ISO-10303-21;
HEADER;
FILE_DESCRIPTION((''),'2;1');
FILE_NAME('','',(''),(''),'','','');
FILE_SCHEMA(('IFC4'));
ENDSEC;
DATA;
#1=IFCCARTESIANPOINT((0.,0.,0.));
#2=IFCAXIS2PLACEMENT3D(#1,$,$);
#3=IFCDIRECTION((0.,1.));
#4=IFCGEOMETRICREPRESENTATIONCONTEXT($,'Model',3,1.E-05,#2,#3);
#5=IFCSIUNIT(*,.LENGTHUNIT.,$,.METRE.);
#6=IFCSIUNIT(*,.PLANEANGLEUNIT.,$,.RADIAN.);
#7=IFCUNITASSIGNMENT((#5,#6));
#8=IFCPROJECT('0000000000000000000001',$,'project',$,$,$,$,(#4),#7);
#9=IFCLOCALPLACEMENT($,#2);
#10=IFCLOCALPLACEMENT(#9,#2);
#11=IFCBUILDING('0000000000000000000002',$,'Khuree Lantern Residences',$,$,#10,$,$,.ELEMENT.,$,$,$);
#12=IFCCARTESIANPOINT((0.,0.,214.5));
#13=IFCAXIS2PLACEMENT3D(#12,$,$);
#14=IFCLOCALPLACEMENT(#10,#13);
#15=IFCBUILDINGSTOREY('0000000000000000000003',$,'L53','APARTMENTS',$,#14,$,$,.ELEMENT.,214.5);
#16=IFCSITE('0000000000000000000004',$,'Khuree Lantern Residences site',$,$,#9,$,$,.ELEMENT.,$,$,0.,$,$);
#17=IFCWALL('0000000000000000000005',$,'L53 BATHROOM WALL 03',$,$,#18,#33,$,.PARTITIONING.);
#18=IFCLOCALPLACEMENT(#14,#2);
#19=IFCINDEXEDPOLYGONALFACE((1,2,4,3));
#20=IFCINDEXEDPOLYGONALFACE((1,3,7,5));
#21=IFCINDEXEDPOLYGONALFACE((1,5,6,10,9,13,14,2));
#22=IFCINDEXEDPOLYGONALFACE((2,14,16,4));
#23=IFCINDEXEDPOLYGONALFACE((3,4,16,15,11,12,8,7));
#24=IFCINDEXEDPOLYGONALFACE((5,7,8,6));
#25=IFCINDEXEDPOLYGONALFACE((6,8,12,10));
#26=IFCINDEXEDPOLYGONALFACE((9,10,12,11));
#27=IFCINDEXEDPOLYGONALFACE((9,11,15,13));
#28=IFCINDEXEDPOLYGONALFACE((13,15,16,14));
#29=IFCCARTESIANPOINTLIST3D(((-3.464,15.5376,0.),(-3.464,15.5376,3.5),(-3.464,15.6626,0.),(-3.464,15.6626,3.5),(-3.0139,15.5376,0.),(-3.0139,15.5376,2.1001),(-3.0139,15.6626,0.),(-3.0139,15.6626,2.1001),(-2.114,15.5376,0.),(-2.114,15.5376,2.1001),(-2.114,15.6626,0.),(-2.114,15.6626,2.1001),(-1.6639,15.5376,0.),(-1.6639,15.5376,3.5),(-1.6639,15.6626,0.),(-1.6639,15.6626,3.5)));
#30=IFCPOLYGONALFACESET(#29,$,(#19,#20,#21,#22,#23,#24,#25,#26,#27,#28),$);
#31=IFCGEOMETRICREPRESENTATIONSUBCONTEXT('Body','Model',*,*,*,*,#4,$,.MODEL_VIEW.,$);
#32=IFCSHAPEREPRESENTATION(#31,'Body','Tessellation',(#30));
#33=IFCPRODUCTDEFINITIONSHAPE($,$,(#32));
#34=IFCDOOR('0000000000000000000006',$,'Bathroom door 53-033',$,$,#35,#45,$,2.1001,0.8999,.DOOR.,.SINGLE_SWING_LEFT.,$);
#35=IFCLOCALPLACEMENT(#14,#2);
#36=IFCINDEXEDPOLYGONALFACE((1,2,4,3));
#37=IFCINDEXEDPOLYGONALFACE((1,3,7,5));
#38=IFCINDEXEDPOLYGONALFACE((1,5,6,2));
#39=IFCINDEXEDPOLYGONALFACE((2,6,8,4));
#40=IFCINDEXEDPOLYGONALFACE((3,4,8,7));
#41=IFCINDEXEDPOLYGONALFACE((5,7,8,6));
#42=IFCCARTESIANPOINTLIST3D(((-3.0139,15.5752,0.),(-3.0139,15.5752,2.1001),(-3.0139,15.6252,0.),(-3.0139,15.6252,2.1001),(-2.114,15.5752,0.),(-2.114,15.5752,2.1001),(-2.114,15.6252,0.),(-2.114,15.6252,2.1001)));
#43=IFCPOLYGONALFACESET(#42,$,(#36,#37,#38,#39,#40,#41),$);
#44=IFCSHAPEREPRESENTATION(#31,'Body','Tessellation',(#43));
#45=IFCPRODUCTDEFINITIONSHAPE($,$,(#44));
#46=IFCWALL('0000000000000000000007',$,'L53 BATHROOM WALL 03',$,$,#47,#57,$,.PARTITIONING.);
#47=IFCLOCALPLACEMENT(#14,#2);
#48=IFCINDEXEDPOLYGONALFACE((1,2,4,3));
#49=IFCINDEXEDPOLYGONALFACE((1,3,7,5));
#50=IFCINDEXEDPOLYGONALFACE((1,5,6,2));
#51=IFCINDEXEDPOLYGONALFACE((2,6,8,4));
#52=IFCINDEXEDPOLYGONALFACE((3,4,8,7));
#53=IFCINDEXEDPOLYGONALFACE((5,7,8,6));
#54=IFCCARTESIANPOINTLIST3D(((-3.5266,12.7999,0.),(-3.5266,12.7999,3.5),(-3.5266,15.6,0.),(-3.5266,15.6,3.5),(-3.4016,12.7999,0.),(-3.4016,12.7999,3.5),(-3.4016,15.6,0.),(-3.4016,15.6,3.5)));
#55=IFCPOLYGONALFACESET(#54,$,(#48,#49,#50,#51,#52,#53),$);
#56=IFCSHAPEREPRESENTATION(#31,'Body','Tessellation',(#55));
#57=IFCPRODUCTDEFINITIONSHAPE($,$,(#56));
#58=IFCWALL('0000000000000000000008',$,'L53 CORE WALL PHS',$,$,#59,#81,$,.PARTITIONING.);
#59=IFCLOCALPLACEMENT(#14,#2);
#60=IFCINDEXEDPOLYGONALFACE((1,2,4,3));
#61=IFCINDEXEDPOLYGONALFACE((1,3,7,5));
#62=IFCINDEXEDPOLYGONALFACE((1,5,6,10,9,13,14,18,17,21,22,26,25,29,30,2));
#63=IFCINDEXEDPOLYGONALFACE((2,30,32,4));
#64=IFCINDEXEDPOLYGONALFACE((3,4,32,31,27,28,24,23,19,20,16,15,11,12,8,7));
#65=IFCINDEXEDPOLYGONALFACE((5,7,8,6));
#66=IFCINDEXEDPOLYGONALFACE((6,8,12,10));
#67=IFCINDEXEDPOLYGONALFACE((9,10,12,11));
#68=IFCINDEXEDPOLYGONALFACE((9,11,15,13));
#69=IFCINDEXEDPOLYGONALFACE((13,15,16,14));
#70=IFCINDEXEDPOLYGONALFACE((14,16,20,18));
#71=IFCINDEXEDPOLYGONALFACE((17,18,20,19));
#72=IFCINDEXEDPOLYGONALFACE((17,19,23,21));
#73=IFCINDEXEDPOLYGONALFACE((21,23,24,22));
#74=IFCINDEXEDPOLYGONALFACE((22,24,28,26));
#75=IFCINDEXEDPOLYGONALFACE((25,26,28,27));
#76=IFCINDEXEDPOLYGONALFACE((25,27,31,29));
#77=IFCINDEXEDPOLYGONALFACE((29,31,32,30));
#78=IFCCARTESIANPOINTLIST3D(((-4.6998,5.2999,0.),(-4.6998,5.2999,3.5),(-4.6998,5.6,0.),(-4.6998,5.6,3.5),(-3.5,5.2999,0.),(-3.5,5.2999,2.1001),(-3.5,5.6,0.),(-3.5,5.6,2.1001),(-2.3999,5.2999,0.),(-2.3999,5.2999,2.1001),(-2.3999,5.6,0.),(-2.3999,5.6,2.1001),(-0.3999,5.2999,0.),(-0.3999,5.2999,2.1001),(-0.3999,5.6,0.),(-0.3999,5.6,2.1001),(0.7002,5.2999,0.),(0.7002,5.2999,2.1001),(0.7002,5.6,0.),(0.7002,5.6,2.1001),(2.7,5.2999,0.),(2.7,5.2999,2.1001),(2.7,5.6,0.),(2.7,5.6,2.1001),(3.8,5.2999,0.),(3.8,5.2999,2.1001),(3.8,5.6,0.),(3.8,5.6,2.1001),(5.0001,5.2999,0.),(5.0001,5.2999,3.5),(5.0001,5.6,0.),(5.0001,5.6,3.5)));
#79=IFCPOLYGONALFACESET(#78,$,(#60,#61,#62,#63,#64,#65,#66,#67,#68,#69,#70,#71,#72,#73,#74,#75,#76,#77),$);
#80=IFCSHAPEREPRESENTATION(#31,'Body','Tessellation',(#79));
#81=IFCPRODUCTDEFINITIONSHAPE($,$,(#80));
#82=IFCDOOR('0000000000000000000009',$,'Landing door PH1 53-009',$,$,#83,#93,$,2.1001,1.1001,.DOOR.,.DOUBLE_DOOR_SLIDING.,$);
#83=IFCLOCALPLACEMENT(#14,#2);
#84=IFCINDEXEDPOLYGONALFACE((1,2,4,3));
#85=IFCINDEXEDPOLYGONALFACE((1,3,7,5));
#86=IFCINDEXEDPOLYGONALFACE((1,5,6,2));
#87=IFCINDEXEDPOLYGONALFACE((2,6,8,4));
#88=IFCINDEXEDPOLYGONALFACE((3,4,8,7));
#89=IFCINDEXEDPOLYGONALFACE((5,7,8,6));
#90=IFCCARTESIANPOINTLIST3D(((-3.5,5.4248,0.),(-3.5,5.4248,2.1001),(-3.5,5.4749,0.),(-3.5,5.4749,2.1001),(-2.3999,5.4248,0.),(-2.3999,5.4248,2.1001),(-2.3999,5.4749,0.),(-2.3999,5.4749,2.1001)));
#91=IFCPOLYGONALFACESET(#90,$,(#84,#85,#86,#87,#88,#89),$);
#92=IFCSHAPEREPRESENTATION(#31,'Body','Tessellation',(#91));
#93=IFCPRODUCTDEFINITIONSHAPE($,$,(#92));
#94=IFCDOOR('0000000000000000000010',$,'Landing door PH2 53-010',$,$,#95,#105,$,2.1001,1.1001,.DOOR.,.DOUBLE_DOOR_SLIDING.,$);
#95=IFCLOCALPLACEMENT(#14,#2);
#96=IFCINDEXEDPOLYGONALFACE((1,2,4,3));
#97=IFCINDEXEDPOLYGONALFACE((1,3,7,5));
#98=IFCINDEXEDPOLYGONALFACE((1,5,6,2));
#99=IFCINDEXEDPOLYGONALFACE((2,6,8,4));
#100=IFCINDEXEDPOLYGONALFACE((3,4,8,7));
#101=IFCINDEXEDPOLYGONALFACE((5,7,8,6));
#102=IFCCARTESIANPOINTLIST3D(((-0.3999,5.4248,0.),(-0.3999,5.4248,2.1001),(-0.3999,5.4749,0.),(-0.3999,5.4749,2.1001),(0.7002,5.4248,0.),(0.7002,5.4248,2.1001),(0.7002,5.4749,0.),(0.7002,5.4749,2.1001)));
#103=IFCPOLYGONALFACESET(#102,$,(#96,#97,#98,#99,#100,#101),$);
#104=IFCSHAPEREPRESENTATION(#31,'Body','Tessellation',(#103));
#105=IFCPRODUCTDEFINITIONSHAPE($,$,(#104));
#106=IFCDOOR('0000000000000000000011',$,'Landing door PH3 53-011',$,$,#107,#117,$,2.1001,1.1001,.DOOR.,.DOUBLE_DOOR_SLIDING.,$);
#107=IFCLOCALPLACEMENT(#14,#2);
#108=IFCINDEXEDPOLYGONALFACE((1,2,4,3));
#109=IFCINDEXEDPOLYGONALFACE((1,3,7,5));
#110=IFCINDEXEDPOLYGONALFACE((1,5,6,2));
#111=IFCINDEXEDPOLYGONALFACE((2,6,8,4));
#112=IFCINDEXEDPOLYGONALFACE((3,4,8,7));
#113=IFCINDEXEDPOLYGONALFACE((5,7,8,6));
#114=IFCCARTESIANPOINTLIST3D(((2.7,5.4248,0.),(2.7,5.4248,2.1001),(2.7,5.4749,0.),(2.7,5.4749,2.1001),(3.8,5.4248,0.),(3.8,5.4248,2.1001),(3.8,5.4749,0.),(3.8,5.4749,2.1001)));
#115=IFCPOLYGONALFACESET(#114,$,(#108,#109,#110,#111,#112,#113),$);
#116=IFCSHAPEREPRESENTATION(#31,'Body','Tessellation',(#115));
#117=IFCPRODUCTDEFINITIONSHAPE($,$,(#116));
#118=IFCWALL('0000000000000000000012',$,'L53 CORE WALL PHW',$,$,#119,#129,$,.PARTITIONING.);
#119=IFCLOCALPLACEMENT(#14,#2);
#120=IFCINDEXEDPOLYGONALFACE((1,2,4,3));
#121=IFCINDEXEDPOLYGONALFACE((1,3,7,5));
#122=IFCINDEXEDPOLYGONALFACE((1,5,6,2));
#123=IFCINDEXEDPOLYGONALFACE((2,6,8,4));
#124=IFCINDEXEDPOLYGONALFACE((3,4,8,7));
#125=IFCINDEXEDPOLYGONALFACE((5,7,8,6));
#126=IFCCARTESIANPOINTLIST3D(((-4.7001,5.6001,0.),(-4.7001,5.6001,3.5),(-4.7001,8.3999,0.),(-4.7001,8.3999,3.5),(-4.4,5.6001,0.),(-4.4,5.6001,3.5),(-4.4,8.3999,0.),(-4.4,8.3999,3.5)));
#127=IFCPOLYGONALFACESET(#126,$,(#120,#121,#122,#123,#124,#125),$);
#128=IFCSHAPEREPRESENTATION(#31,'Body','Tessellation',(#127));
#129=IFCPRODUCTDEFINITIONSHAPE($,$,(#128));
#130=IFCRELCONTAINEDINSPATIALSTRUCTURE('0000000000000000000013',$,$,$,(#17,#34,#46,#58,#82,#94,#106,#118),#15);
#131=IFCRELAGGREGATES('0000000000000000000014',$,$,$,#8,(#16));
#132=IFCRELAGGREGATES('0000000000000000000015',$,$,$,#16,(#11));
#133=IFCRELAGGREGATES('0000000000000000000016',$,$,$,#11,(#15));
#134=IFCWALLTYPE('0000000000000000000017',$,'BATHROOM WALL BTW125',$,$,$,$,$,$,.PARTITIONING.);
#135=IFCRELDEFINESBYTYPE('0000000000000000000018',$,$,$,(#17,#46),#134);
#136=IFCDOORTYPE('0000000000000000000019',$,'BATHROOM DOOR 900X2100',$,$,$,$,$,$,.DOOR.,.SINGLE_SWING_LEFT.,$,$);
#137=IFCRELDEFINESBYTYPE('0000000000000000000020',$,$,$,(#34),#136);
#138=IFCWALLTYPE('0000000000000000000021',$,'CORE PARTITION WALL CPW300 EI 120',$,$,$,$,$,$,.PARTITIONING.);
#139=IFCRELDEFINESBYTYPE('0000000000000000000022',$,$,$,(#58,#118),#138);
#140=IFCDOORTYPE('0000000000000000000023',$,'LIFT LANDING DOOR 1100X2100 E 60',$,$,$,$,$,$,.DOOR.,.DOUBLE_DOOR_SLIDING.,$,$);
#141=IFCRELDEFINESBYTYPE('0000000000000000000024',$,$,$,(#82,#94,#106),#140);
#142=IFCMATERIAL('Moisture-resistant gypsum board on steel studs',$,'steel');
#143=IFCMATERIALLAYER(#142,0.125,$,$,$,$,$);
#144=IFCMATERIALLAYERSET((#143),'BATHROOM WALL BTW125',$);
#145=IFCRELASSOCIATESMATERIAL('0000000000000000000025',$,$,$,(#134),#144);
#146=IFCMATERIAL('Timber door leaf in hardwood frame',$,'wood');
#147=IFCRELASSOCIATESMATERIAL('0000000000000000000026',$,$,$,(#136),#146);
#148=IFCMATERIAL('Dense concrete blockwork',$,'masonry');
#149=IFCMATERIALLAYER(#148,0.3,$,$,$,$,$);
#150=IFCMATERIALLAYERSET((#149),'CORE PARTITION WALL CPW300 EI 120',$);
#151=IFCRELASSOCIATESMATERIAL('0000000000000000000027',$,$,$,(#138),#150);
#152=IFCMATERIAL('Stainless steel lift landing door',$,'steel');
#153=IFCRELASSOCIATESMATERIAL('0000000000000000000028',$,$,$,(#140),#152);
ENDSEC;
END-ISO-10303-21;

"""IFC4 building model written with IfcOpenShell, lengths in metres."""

from ifc_helpers import new_model, si_unit, direction, frame, frame_2d, origin, place, context, subcontext, project, spatial, rectangle, extrude, material, layer, layer_set, type_object, element, fill, save


model = new_model("IFC4")

# Units and contexts
model_context = context("Model", 3, precision=1e-05, world=origin(), true_north=direction((0.0, 1.0)))
body_context = subcontext(model_context, "Body", "Model", "MODEL_VIEW")
ifc_project = project(units=[si_unit("LENGTHUNIT", "METRE"), si_unit("PLANEANGLEUNIT", "RADIAN")], contexts=[model_context])

# Site, building, storey
site_placement = place(None, origin())
site = spatial("IfcSite", under=ifc_project, at=site_placement, Name="Khuree Lantern Residences site", CompositionType="ELEMENT", RefElevation=0.0)
building_placement = place(site_placement, origin())
building = spatial("IfcBuilding", under=site, at=building_placement, Name="Khuree Lantern Residences", CompositionType="ELEMENT")
storey_placement = place(building_placement, frame((0.0, 0.0, 214.5)))
storey = spatial("IfcBuildingStorey", under=building, at=storey_placement, Name="L53", Description="APARTMENTS", CompositionType="ELEMENT", Elevation=214.5)

# Wall, opening, door
ifc_material_1 = material(Name="Moisture-resistant gypsum board on steel studs", Category="steel")
ifc_layer_1 = layer(ifc_material_1, 0.125)
ifc_layer_set_1 = layer_set([ifc_layer_1], Name="BATHROOM WALL BTW125")
wall_type_1 = type_object("IfcWallType", Name="BATHROOM WALL BTW125", PredefinedType="PARTITIONING", material=ifc_layer_set_1)
wall_1_placement = place(storey_placement, frame((-1.6641, 15.6001, 0.0), z_axis=(0.0, 0.0, 1.0), x_axis=(-1.0, 0.0, 0.0)))
wall_1 = element("IfcWall", 1, at=wall_1_placement, inside=storey, type_object=wall_type_1, Name="L53 BATHROOM WALL 03", PredefinedType="PARTITIONING", context=body_context, shape_type="SweptSolid", body=[
    extrude(rectangle(XDim=1.8, YDim=0.125, at=frame_2d((0.8999, 0.0))), origin(), (0.0, 0.0, 1.0), 3.5),
])
opening_1_placement = place(wall_1_placement, frame((0.45, 0.0, 0.0)))
opening_1 = element("IfcOpeningElement", 2, at=opening_1_placement, cuts=wall_1, PredefinedType="OPENING", context=body_context, shape_type="SweptSolid", body=[
    extrude(rectangle(XDim=0.8999, YDim=2.1001, at=frame_2d((0.45, 1.05))), frame((0.0, 0.0725, 0.0), z_axis=(0.0, -1.0, 0.0), x_axis=(1.0, 0.0, 0.0)), (0.0, 0.0, 1.0), 0.145),
])
ifc_material_2 = material(Name="Timber door leaf in hardwood frame", Category="wood")
door_type_1 = type_object("IfcDoorType", Name="BATHROOM DOOR 900X2100", OperationType="SINGLE_SWING_LEFT", PredefinedType="DOOR", material=ifc_material_2)
door_1_placement = place(opening_1_placement, origin())
door_1 = element("IfcDoor", 3, at=door_1_placement, inside=storey, type_object=door_type_1, Name="Bathroom door 53-033", OperationType="SINGLE_SWING_LEFT", OverallHeight=2.1001, OverallWidth=0.8999, PredefinedType="DOOR", context=body_context, shape_type="SweptSolid", body=[
    extrude(rectangle(XDim=0.8999, YDim=2.1001, at=frame_2d((0.45, 1.05))), frame((0.0, 0.0249, 0.0), z_axis=(0.0, -1.0, 0.0), x_axis=(1.0, 0.0, 0.0)), (0.0, 0.0, 1.0), 0.05),
])
fill(opening_1, door_1)

# Wall
wall_2_placement = place(storey_placement, frame((-3.4641, 12.8, 0.0), z_axis=(0.0, 0.0, 1.0), x_axis=(0.0, 1.0, 0.0)))
element("IfcWall", 4, at=wall_2_placement, inside=storey, type_object=wall_type_1, Name="L53 BATHROOM WALL 03", PredefinedType="PARTITIONING", context=body_context, shape_type="SweptSolid", body=[
    extrude(rectangle(XDim=2.8, YDim=0.125, at=frame_2d((1.3999, 0.0))), origin(), (0.0, 0.0, 1.0), 3.5),
])

# Wall, openings, doors
ifc_material_3 = material(Name="Dense concrete blockwork", Category="masonry")
ifc_layer_2 = layer(ifc_material_3, 0.3)
ifc_layer_set_2 = layer_set([ifc_layer_2], Name="CORE PARTITION WALL CPW300 EI 120")
wall_type_2 = type_object("IfcWallType", Name="CORE PARTITION WALL CPW300 EI 120", PredefinedType="PARTITIONING", material=ifc_layer_set_2)
wall_3_placement = place(storey_placement, frame((-4.7, 5.45, 0.0), z_axis=(0.0, 0.0, 1.0), x_axis=(1.0, 0.0, 0.0)))
wall_3 = element("IfcWall", 5, at=wall_3_placement, inside=storey, type_object=wall_type_2, Name="L53 CORE WALL PHS", PredefinedType="PARTITIONING", context=body_context, shape_type="SweptSolid", body=[
    extrude(rectangle(XDim=9.7, YDim=0.3, at=frame_2d((4.8501, 0.0))), origin(), (0.0, 0.0, 1.0), 3.5),
])
opening_2_placement = place(wall_3_placement, frame((1.2, 0.0, 0.0)))
opening_2 = element("IfcOpeningElement", 6, at=opening_2_placement, cuts=wall_3, PredefinedType="OPENING", context=body_context, shape_type="SweptSolid", body=[
    extrude(rectangle(XDim=1.1001, YDim=2.1001, at=frame_2d((0.55, 1.05))), frame((0.0, 0.1602, 0.0), z_axis=(0.0, -1.0, 0.0), x_axis=(1.0, 0.0, 0.0)), (0.0, 0.0, 1.0), 0.3201),
])
opening_3_placement = place(wall_3_placement, frame((4.3, 0.0, 0.0)))
opening_3 = element("IfcOpeningElement", 7, at=opening_3_placement, cuts=wall_3, PredefinedType="OPENING", context=body_context, shape_type="SweptSolid", body=[
    extrude(rectangle(XDim=1.1001, YDim=2.1001, at=frame_2d((0.55, 1.05))), frame((0.0, 0.1602, 0.0), z_axis=(0.0, -1.0, 0.0), x_axis=(1.0, 0.0, 0.0)), (0.0, 0.0, 1.0), 0.3201),
])
opening_4_placement = place(wall_3_placement, frame((7.3999, 0.0, 0.0)))
opening_4 = element("IfcOpeningElement", 8, at=opening_4_placement, cuts=wall_3, PredefinedType="OPENING", context=body_context, shape_type="SweptSolid", body=[
    extrude(rectangle(XDim=1.1001, YDim=2.1001, at=frame_2d((0.55, 1.05))), frame((0.0, 0.1602, 0.0), z_axis=(0.0, -1.0, 0.0), x_axis=(1.0, 0.0, 0.0)), (0.0, 0.0, 1.0), 0.3201),
])
ifc_material_4 = material(Name="Stainless steel lift landing door", Category="steel")
door_type_2 = type_object("IfcDoorType", Name="LIFT LANDING DOOR 1100X2100 E 60", OperationType="DOUBLE_DOOR_SLIDING", PredefinedType="DOOR", material=ifc_material_4)
door_2_placement = place(opening_2_placement, origin())
door_2 = element("IfcDoor", 9, at=door_2_placement, inside=storey, type_object=door_type_2, Name="Landing door PH1 53-009", OperationType="DOUBLE_DOOR_SLIDING", OverallHeight=2.1001, OverallWidth=1.1001, PredefinedType="DOOR", context=body_context, shape_type="SweptSolid", body=[
    extrude(rectangle(XDim=1.1001, YDim=2.1001, at=frame_2d((0.55, 1.05))), frame((0.0, 0.0249, 0.0), z_axis=(0.0, -1.0, 0.0), x_axis=(1.0, 0.0, 0.0)), (0.0, 0.0, 1.0), 0.05),
])
fill(opening_2, door_2)
door_3_placement = place(opening_3_placement, origin())
door_3 = element("IfcDoor", 10, at=door_3_placement, inside=storey, type_object=door_type_2, Name="Landing door PH2 53-010", OperationType="DOUBLE_DOOR_SLIDING", OverallHeight=2.1001, OverallWidth=1.1001, PredefinedType="DOOR", context=body_context, shape_type="SweptSolid", body=[
    extrude(rectangle(XDim=1.1001, YDim=2.1001, at=frame_2d((0.55, 1.05))), frame((0.0, 0.0249, 0.0), z_axis=(0.0, -1.0, 0.0), x_axis=(1.0, 0.0, 0.0)), (0.0, 0.0, 1.0), 0.05),
])
fill(opening_3, door_3)
door_4_placement = place(opening_4_placement, origin())
door_4 = element("IfcDoor", 11, at=door_4_placement, inside=storey, type_object=door_type_2, Name="Landing door PH3 53-011", OperationType="DOUBLE_DOOR_SLIDING", OverallHeight=2.1001, OverallWidth=1.1001, PredefinedType="DOOR", context=body_context, shape_type="SweptSolid", body=[
    extrude(rectangle(XDim=1.1001, YDim=2.1001, at=frame_2d((0.55, 1.05))), frame((0.0, 0.0249, 0.0), z_axis=(0.0, -1.0, 0.0), x_axis=(1.0, 0.0, 0.0)), (0.0, 0.0, 1.0), 0.05),
])
fill(opening_4, door_4)

# Wall
wall_4_placement = place(storey_placement, frame((-4.55, 5.6001, 0.0), z_axis=(0.0, 0.0, 1.0), x_axis=(0.0, 1.0, 0.0)))
element("IfcWall", 12, at=wall_4_placement, inside=storey, type_object=wall_type_2, Name="L53 CORE WALL PHW", PredefinedType="PARTITIONING", context=body_context, shape_type="SweptSolid", body=[
    extrude(rectangle(XDim=2.7998, YDim=0.3, at=frame_2d((1.3999, 0.0))), origin(), (0.0, 0.0, 1.0), 3.5),
])

save(model, "model.ifc")
